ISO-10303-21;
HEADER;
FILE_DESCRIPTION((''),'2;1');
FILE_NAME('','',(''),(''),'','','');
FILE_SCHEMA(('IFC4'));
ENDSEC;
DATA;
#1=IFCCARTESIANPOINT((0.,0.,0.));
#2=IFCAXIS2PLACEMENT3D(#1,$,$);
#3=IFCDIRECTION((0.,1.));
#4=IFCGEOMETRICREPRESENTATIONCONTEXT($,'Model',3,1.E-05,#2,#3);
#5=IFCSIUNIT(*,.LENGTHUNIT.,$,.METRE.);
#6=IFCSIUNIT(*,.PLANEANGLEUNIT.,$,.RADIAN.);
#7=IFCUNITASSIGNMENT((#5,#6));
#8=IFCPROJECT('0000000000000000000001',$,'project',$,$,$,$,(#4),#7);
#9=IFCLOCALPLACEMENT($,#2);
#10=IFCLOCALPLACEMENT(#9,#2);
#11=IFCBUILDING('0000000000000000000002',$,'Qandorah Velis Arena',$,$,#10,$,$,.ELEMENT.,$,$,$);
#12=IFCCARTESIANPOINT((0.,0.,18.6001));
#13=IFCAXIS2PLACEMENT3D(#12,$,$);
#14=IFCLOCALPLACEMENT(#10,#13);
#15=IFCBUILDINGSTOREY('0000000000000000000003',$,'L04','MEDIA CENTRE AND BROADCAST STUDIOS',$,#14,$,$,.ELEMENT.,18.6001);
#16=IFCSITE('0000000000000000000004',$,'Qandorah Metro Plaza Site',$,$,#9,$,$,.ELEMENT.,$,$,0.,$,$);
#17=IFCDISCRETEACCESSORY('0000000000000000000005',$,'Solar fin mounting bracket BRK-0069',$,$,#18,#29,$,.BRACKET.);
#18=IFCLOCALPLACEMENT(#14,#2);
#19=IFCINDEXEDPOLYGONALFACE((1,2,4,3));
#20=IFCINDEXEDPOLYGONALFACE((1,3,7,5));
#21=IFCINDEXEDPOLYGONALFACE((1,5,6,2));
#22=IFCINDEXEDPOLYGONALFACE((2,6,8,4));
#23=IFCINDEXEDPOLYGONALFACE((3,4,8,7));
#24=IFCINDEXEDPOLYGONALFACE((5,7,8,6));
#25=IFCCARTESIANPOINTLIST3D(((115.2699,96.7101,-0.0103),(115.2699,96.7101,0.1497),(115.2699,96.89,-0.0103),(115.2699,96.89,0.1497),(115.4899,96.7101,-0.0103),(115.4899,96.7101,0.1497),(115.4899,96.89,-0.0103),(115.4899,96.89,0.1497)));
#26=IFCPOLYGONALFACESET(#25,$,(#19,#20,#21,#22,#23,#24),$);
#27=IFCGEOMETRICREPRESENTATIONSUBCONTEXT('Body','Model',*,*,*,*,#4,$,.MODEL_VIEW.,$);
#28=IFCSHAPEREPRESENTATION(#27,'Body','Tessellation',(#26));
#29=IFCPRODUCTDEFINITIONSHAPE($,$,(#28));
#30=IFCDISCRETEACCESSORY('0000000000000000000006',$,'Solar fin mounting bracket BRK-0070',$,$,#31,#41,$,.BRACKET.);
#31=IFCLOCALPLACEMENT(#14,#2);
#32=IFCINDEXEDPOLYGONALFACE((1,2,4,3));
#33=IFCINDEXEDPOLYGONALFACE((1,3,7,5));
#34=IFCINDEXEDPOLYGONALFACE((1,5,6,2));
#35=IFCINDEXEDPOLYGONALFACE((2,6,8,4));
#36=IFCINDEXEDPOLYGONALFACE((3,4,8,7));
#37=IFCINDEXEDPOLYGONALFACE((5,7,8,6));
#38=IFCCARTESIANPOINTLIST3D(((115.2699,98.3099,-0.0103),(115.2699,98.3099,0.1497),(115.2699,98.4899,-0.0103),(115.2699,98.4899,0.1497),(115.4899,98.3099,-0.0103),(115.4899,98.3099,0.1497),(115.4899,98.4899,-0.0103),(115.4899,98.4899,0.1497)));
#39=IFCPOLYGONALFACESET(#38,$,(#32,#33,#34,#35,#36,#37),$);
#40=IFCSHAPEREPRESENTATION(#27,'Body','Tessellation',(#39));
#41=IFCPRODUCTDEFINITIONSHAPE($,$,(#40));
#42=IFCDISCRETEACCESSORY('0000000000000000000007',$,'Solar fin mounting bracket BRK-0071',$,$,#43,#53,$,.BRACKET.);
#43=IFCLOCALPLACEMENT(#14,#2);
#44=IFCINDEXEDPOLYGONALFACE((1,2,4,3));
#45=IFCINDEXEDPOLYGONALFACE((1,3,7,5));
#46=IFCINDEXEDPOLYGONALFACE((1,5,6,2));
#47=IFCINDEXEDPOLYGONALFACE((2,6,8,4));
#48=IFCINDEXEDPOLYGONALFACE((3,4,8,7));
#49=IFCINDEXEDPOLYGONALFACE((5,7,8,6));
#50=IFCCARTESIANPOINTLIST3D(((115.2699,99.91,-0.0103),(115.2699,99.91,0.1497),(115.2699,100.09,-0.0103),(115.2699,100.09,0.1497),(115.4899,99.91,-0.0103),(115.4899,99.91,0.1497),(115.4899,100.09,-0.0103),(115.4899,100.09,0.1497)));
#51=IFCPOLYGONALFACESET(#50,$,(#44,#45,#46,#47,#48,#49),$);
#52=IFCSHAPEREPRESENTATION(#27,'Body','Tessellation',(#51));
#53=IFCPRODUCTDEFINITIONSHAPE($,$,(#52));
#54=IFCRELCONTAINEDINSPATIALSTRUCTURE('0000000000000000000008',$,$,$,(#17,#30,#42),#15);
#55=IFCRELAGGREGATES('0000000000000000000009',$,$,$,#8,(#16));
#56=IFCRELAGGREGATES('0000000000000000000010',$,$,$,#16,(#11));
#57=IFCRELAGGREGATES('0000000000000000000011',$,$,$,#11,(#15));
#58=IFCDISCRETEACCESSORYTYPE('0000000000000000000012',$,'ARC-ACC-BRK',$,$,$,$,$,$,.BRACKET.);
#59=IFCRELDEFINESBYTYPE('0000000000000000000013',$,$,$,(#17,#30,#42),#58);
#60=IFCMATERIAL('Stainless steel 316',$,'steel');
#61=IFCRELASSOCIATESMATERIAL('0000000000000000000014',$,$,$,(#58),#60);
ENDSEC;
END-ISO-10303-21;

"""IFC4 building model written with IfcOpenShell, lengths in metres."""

from ifc_helpers import new_model, si_unit, direction, frame, origin, origin_2d, place, context, subcontext, project, spatial, rectangle, extrude, material, type_object, element, save


model = new_model("IFC4")

# Units and contexts
model_context = context("Model", 3, precision=1e-05, world=origin(), true_north=direction((0.0, 1.0)))
body_context = subcontext(model_context, "Body", "Model", "MODEL_VIEW")
ifc_project = project(units=[si_unit("LENGTHUNIT", "METRE"), si_unit("PLANEANGLEUNIT", "RADIAN")], contexts=[model_context])

# Site, building, storey
site_placement = place(None, origin())
site = spatial("IfcSite", under=ifc_project, at=site_placement, Name="Qandorah Metro Plaza Site", CompositionType="ELEMENT", RefElevation=0.0)
building_placement = place(site_placement, origin())
building = spatial("IfcBuilding", under=site, at=building_placement, Name="Qandorah Velis Arena", CompositionType="ELEMENT")
storey_placement = place(building_placement, frame((0.0, 0.0, 18.6001)))
storey = spatial("IfcBuildingStorey", under=building, at=storey_placement, Name="L04", Description="MEDIA CENTRE AND BROADCAST STUDIOS", CompositionType="ELEMENT", Elevation=18.6001)

# Discrete accessories
ifc_material_1 = material(Name="Stainless steel 316", Category="steel")
discrete_accessory_type = type_object("IfcDiscreteAccessoryType", Name="ARC-ACC-BRK", PredefinedType="BRACKET", material=ifc_material_1)
for number, where, z_axis, x_axis, name in (
    (1, (115.3799, 96.8, -0.0103), (0.0, 0.0, 1.0), (1.0, 0.0, 0.0), "Solar fin mounting bracket BRK-0069"),
    (2, (115.3799, 98.3999, -0.0103), (0.0, 0.0, 1.0), (1.0, 0.0, 0.0), "Solar fin mounting bracket BRK-0070"),
    (3, (115.3799, 100.0, -0.0103), (0.0, 0.0, 1.0), (1.0, 0.0, 0.0), "Solar fin mounting bracket BRK-0071"),
):
    element("IfcDiscreteAccessory", number, at=place(storey_placement, frame(where, z_axis=z_axis, x_axis=x_axis)), inside=storey, type_object=discrete_accessory_type, Name=name, PredefinedType="BRACKET", context=body_context, shape_type="SweptSolid", body=[
        extrude(rectangle(XDim=0.22, YDim=0.1799, at=origin_2d()), origin(), (0.0, 0.0, 1.0), 0.1599),
    ])

save(model, "model.ifc")
